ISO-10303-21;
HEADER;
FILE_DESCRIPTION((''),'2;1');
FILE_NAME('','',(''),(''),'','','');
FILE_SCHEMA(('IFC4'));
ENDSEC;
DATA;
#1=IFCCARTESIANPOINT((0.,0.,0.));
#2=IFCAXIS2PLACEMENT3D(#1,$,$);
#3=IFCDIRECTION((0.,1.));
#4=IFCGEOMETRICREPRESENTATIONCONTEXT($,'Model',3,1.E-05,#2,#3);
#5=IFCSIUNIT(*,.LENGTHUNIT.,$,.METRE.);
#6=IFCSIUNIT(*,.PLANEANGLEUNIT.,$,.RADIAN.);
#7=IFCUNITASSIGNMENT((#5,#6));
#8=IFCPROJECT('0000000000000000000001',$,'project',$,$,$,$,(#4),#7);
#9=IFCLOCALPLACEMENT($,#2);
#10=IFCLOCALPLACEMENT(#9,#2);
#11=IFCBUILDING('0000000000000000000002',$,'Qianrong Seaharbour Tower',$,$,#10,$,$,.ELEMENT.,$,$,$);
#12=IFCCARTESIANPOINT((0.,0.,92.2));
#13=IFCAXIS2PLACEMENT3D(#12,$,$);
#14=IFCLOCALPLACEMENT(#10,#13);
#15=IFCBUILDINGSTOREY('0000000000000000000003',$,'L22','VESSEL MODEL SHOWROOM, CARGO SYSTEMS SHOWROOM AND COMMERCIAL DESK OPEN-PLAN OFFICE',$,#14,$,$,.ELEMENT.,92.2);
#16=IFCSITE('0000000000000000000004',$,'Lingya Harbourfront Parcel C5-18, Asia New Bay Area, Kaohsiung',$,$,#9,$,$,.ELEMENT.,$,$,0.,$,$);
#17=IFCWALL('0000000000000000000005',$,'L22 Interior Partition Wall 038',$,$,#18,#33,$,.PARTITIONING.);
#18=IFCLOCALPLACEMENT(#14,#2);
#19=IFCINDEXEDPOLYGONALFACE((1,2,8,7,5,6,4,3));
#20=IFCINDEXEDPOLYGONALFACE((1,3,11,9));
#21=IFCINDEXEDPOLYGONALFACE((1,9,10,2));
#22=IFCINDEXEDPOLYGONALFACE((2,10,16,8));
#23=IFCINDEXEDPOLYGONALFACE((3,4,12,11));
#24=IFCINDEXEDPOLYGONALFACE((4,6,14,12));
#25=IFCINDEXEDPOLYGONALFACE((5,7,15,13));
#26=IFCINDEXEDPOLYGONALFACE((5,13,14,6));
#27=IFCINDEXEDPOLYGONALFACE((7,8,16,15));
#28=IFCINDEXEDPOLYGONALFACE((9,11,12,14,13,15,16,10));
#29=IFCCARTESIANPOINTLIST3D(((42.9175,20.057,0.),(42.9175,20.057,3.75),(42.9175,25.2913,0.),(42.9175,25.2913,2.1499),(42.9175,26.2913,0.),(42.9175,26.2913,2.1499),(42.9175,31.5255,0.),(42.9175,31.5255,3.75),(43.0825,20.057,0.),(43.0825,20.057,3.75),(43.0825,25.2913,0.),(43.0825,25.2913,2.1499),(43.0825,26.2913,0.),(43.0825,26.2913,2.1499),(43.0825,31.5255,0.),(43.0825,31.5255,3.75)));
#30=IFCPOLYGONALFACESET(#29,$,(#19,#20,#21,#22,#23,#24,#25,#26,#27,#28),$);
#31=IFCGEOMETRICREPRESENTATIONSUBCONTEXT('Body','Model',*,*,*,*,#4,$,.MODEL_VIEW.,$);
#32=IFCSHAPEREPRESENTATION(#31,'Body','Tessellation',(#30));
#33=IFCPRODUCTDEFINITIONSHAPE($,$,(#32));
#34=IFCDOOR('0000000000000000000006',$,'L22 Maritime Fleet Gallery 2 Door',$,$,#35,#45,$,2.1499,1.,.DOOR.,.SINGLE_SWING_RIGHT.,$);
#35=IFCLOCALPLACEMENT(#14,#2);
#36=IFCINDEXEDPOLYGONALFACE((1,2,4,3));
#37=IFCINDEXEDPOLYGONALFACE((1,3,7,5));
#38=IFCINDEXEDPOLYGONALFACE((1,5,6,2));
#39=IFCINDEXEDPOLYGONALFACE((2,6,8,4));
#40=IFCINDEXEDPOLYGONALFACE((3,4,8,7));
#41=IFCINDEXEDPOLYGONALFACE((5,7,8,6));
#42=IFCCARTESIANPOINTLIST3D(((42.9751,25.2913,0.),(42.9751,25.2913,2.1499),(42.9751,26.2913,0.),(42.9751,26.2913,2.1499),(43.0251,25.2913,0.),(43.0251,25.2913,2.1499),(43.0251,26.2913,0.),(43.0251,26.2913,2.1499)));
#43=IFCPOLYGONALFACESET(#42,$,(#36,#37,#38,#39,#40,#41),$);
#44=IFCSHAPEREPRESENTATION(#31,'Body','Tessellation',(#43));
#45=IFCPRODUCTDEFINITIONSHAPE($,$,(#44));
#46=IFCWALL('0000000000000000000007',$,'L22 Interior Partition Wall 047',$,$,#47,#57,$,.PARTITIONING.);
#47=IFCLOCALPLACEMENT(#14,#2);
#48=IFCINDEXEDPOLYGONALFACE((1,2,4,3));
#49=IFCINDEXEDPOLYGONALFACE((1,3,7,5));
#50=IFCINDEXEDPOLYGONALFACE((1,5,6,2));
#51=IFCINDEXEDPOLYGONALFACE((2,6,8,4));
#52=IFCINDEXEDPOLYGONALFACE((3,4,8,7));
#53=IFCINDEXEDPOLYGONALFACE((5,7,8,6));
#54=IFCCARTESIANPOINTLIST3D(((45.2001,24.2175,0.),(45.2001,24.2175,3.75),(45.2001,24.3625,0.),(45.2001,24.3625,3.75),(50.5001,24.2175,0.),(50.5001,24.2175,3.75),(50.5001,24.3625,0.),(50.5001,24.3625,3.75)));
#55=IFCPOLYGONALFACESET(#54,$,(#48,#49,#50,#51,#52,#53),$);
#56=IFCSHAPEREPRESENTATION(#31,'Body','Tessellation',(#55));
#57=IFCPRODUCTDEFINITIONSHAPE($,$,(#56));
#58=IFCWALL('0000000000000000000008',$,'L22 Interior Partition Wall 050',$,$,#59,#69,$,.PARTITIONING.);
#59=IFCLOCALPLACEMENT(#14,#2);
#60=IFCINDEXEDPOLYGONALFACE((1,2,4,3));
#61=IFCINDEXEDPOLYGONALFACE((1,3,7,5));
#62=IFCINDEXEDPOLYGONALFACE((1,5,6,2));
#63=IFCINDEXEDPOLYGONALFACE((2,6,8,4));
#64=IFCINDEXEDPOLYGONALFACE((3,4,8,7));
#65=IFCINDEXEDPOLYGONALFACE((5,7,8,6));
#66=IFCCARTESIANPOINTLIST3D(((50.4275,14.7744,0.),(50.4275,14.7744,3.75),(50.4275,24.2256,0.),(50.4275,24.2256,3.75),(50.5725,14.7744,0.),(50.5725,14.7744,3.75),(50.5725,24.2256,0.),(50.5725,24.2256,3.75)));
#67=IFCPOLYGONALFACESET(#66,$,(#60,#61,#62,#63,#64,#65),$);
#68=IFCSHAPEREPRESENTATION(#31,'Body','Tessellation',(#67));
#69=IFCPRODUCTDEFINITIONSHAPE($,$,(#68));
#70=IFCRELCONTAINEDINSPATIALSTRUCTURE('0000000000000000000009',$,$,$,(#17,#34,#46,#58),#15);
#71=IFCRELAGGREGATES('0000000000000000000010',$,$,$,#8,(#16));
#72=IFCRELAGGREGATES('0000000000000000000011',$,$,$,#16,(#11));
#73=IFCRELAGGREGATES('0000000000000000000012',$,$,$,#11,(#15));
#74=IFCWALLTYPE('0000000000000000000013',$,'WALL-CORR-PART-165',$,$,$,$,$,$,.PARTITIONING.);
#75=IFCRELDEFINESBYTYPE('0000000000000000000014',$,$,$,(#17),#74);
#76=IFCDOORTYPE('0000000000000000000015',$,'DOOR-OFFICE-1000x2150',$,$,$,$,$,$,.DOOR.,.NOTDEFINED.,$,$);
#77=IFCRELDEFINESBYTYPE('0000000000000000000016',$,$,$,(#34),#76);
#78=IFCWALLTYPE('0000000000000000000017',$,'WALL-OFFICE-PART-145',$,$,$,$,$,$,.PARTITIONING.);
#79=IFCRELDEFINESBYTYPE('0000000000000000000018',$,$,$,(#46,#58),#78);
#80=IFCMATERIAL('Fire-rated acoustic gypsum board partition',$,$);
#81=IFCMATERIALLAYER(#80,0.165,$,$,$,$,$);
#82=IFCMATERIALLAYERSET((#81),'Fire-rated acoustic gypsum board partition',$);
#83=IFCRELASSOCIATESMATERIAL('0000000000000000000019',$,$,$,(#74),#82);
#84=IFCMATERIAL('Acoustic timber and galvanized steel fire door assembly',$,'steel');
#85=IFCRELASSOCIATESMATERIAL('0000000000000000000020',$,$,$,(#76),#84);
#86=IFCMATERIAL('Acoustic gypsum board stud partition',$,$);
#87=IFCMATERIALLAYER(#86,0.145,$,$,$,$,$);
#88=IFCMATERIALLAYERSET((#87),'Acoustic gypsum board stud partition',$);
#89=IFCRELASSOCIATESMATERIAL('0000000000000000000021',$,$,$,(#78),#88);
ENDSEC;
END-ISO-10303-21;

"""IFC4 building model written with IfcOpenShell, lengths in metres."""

from ifc_helpers import new_model, si_unit, direction, frame, frame_2d, origin, place, context, subcontext, project, spatial, rectangle, extrude, material, layer, layer_set, type_object, element, fill, save


model = new_model("IFC4")

# Units and contexts
model_context = context("Model", 3, precision=1e-05, world=origin(), true_north=direction((0.0, 1.0)))
body_context = subcontext(model_context, "Body", "Model", "MODEL_VIEW")
ifc_project = project(units=[si_unit("LENGTHUNIT", "METRE"), si_unit("PLANEANGLEUNIT", "RADIAN")], contexts=[model_context])

# Site, building, storey
site_placement = place(None, origin())
site = spatial("IfcSite", under=ifc_project, at=site_placement, Name="Lingya Harbourfront Parcel C5-18, Asia New Bay Area, Kaohsiung", CompositionType="ELEMENT", RefElevation=0.0)
building_placement = place(site_placement, origin())
building = spatial("IfcBuilding", under=site, at=building_placement, Name="Qianrong Seaharbour Tower", CompositionType="ELEMENT")
storey_placement = place(building_placement, frame((0.0, 0.0, 92.2)))
storey = spatial("IfcBuildingStorey", under=building, at=storey_placement, Name="L22", Description="VESSEL MODEL SHOWROOM, CARGO SYSTEMS SHOWROOM AND COMMERCIAL DESK OPEN-PLAN OFFICE", CompositionType="ELEMENT", Elevation=92.2)

# Shared definitions
ifc_material_1 = material(Name="Fire-rated acoustic gypsum board partition")
ifc_layer_1 = layer(ifc_material_1, 0.165)
ifc_layer_set_1 = layer_set([ifc_layer_1], Name="Fire-rated acoustic gypsum board partition")
wall_type_1 = type_object("IfcWallType", Name="WALL-CORR-PART-165", PredefinedType="PARTITIONING", material=ifc_layer_set_1)

# Wall, opening, door
ifc_material_2 = material(Name="Acoustic timber and galvanized steel fire door assembly", Category="steel")
door_type = type_object("IfcDoorType", Name="DOOR-OFFICE-1000x2150", OperationType="NOTDEFINED", PredefinedType="DOOR", material=ifc_material_2)
wall_1_placement = place(storey_placement, frame((43.0, 20.0569, 0.0), z_axis=(0.0, 0.0, 1.0), x_axis=(0.0, 1.0, 0.0)))
wall_1 = element("IfcWall", 1, at=wall_1_placement, inside=storey, type_object=wall_type_1, Name="L22 Interior Partition Wall 038", PredefinedType="PARTITIONING", context=body_context, shape_type="SweptSolid", body=[
    extrude(rectangle(XDim=11.4685, YDim=0.165, at=frame_2d((5.7344, 0.0))), origin(), (0.0, 0.0, 1.0), 3.75),
])
opening_1_placement = place(wall_1_placement, frame((5.2344, 0.0, 0.0)))
opening_1 = element("IfcOpeningElement", 2, at=opening_1_placement, cuts=wall_1, PredefinedType="OPENING", context=body_context, shape_type="SweptSolid", body=[
    extrude(rectangle(XDim=1.0, YDim=2.1499, at=frame_2d((0.5, 1.075))), frame((0.0, 0.0925, 0.0), z_axis=(0.0, -1.0, 0.0), x_axis=(1.0, 0.0, 0.0)), (0.0, 0.0, 1.0), 0.1851),
])
door_1_placement = place(opening_1_placement, origin())
door_1 = element("IfcDoor", 3, at=door_1_placement, inside=storey, type_object=door_type, Name="L22 Maritime Fleet Gallery 2 Door", OperationType="SINGLE_SWING_RIGHT", OverallHeight=2.1499, OverallWidth=1.0, PredefinedType="DOOR", context=body_context, shape_type="SweptSolid", body=[
    extrude(rectangle(XDim=1.0, YDim=2.1499, at=frame_2d((0.5, 1.075))), frame((0.0, 0.0249, 0.0), z_axis=(0.0, -1.0, 0.0), x_axis=(1.0, 0.0, 0.0)), (0.0, 0.0, 1.0), 0.05),
])
fill(opening_1, door_1)

# Walls
ifc_material_3 = material(Name="Acoustic gypsum board stud partition")
ifc_layer_2 = layer(ifc_material_3, 0.145)
ifc_layer_set_2 = layer_set([ifc_layer_2], Name="Acoustic gypsum board stud partition")
wall_type_2 = type_object("IfcWallType", Name="WALL-OFFICE-PART-145", PredefinedType="PARTITIONING", material=ifc_layer_set_2)
wall_2_placement = place(storey_placement, frame((50.5, 24.29, 0.0), z_axis=(0.0, 0.0, 1.0), x_axis=(-1.0, 0.0, 0.0)))
element("IfcWall", 4, at=wall_2_placement, inside=storey, type_object=wall_type_2, Name="L22 Interior Partition Wall 047", PredefinedType="PARTITIONING", context=body_context, shape_type="SweptSolid", body=[
    extrude(rectangle(XDim=5.3, YDim=0.145, at=frame_2d((2.6499, 0.0))), origin(), (0.0, 0.0, 1.0), 3.75),
])
wall_3_placement = place(storey_placement, frame((50.5, 24.2256, 0.0), z_axis=(0.0, 0.0, 1.0), x_axis=(0.0, -1.0, 0.0)))
element("IfcWall", 5, at=wall_3_placement, inside=storey, type_object=wall_type_2, Name="L22 Interior Partition Wall 050", PredefinedType="PARTITIONING", context=body_context, shape_type="SweptSolid", body=[
    extrude(rectangle(XDim=9.4512, YDim=0.145, at=frame_2d((4.7256, 0.0))), origin(), (0.0, 0.0, 1.0), 3.75),
])

save(model, "model.ifc")
